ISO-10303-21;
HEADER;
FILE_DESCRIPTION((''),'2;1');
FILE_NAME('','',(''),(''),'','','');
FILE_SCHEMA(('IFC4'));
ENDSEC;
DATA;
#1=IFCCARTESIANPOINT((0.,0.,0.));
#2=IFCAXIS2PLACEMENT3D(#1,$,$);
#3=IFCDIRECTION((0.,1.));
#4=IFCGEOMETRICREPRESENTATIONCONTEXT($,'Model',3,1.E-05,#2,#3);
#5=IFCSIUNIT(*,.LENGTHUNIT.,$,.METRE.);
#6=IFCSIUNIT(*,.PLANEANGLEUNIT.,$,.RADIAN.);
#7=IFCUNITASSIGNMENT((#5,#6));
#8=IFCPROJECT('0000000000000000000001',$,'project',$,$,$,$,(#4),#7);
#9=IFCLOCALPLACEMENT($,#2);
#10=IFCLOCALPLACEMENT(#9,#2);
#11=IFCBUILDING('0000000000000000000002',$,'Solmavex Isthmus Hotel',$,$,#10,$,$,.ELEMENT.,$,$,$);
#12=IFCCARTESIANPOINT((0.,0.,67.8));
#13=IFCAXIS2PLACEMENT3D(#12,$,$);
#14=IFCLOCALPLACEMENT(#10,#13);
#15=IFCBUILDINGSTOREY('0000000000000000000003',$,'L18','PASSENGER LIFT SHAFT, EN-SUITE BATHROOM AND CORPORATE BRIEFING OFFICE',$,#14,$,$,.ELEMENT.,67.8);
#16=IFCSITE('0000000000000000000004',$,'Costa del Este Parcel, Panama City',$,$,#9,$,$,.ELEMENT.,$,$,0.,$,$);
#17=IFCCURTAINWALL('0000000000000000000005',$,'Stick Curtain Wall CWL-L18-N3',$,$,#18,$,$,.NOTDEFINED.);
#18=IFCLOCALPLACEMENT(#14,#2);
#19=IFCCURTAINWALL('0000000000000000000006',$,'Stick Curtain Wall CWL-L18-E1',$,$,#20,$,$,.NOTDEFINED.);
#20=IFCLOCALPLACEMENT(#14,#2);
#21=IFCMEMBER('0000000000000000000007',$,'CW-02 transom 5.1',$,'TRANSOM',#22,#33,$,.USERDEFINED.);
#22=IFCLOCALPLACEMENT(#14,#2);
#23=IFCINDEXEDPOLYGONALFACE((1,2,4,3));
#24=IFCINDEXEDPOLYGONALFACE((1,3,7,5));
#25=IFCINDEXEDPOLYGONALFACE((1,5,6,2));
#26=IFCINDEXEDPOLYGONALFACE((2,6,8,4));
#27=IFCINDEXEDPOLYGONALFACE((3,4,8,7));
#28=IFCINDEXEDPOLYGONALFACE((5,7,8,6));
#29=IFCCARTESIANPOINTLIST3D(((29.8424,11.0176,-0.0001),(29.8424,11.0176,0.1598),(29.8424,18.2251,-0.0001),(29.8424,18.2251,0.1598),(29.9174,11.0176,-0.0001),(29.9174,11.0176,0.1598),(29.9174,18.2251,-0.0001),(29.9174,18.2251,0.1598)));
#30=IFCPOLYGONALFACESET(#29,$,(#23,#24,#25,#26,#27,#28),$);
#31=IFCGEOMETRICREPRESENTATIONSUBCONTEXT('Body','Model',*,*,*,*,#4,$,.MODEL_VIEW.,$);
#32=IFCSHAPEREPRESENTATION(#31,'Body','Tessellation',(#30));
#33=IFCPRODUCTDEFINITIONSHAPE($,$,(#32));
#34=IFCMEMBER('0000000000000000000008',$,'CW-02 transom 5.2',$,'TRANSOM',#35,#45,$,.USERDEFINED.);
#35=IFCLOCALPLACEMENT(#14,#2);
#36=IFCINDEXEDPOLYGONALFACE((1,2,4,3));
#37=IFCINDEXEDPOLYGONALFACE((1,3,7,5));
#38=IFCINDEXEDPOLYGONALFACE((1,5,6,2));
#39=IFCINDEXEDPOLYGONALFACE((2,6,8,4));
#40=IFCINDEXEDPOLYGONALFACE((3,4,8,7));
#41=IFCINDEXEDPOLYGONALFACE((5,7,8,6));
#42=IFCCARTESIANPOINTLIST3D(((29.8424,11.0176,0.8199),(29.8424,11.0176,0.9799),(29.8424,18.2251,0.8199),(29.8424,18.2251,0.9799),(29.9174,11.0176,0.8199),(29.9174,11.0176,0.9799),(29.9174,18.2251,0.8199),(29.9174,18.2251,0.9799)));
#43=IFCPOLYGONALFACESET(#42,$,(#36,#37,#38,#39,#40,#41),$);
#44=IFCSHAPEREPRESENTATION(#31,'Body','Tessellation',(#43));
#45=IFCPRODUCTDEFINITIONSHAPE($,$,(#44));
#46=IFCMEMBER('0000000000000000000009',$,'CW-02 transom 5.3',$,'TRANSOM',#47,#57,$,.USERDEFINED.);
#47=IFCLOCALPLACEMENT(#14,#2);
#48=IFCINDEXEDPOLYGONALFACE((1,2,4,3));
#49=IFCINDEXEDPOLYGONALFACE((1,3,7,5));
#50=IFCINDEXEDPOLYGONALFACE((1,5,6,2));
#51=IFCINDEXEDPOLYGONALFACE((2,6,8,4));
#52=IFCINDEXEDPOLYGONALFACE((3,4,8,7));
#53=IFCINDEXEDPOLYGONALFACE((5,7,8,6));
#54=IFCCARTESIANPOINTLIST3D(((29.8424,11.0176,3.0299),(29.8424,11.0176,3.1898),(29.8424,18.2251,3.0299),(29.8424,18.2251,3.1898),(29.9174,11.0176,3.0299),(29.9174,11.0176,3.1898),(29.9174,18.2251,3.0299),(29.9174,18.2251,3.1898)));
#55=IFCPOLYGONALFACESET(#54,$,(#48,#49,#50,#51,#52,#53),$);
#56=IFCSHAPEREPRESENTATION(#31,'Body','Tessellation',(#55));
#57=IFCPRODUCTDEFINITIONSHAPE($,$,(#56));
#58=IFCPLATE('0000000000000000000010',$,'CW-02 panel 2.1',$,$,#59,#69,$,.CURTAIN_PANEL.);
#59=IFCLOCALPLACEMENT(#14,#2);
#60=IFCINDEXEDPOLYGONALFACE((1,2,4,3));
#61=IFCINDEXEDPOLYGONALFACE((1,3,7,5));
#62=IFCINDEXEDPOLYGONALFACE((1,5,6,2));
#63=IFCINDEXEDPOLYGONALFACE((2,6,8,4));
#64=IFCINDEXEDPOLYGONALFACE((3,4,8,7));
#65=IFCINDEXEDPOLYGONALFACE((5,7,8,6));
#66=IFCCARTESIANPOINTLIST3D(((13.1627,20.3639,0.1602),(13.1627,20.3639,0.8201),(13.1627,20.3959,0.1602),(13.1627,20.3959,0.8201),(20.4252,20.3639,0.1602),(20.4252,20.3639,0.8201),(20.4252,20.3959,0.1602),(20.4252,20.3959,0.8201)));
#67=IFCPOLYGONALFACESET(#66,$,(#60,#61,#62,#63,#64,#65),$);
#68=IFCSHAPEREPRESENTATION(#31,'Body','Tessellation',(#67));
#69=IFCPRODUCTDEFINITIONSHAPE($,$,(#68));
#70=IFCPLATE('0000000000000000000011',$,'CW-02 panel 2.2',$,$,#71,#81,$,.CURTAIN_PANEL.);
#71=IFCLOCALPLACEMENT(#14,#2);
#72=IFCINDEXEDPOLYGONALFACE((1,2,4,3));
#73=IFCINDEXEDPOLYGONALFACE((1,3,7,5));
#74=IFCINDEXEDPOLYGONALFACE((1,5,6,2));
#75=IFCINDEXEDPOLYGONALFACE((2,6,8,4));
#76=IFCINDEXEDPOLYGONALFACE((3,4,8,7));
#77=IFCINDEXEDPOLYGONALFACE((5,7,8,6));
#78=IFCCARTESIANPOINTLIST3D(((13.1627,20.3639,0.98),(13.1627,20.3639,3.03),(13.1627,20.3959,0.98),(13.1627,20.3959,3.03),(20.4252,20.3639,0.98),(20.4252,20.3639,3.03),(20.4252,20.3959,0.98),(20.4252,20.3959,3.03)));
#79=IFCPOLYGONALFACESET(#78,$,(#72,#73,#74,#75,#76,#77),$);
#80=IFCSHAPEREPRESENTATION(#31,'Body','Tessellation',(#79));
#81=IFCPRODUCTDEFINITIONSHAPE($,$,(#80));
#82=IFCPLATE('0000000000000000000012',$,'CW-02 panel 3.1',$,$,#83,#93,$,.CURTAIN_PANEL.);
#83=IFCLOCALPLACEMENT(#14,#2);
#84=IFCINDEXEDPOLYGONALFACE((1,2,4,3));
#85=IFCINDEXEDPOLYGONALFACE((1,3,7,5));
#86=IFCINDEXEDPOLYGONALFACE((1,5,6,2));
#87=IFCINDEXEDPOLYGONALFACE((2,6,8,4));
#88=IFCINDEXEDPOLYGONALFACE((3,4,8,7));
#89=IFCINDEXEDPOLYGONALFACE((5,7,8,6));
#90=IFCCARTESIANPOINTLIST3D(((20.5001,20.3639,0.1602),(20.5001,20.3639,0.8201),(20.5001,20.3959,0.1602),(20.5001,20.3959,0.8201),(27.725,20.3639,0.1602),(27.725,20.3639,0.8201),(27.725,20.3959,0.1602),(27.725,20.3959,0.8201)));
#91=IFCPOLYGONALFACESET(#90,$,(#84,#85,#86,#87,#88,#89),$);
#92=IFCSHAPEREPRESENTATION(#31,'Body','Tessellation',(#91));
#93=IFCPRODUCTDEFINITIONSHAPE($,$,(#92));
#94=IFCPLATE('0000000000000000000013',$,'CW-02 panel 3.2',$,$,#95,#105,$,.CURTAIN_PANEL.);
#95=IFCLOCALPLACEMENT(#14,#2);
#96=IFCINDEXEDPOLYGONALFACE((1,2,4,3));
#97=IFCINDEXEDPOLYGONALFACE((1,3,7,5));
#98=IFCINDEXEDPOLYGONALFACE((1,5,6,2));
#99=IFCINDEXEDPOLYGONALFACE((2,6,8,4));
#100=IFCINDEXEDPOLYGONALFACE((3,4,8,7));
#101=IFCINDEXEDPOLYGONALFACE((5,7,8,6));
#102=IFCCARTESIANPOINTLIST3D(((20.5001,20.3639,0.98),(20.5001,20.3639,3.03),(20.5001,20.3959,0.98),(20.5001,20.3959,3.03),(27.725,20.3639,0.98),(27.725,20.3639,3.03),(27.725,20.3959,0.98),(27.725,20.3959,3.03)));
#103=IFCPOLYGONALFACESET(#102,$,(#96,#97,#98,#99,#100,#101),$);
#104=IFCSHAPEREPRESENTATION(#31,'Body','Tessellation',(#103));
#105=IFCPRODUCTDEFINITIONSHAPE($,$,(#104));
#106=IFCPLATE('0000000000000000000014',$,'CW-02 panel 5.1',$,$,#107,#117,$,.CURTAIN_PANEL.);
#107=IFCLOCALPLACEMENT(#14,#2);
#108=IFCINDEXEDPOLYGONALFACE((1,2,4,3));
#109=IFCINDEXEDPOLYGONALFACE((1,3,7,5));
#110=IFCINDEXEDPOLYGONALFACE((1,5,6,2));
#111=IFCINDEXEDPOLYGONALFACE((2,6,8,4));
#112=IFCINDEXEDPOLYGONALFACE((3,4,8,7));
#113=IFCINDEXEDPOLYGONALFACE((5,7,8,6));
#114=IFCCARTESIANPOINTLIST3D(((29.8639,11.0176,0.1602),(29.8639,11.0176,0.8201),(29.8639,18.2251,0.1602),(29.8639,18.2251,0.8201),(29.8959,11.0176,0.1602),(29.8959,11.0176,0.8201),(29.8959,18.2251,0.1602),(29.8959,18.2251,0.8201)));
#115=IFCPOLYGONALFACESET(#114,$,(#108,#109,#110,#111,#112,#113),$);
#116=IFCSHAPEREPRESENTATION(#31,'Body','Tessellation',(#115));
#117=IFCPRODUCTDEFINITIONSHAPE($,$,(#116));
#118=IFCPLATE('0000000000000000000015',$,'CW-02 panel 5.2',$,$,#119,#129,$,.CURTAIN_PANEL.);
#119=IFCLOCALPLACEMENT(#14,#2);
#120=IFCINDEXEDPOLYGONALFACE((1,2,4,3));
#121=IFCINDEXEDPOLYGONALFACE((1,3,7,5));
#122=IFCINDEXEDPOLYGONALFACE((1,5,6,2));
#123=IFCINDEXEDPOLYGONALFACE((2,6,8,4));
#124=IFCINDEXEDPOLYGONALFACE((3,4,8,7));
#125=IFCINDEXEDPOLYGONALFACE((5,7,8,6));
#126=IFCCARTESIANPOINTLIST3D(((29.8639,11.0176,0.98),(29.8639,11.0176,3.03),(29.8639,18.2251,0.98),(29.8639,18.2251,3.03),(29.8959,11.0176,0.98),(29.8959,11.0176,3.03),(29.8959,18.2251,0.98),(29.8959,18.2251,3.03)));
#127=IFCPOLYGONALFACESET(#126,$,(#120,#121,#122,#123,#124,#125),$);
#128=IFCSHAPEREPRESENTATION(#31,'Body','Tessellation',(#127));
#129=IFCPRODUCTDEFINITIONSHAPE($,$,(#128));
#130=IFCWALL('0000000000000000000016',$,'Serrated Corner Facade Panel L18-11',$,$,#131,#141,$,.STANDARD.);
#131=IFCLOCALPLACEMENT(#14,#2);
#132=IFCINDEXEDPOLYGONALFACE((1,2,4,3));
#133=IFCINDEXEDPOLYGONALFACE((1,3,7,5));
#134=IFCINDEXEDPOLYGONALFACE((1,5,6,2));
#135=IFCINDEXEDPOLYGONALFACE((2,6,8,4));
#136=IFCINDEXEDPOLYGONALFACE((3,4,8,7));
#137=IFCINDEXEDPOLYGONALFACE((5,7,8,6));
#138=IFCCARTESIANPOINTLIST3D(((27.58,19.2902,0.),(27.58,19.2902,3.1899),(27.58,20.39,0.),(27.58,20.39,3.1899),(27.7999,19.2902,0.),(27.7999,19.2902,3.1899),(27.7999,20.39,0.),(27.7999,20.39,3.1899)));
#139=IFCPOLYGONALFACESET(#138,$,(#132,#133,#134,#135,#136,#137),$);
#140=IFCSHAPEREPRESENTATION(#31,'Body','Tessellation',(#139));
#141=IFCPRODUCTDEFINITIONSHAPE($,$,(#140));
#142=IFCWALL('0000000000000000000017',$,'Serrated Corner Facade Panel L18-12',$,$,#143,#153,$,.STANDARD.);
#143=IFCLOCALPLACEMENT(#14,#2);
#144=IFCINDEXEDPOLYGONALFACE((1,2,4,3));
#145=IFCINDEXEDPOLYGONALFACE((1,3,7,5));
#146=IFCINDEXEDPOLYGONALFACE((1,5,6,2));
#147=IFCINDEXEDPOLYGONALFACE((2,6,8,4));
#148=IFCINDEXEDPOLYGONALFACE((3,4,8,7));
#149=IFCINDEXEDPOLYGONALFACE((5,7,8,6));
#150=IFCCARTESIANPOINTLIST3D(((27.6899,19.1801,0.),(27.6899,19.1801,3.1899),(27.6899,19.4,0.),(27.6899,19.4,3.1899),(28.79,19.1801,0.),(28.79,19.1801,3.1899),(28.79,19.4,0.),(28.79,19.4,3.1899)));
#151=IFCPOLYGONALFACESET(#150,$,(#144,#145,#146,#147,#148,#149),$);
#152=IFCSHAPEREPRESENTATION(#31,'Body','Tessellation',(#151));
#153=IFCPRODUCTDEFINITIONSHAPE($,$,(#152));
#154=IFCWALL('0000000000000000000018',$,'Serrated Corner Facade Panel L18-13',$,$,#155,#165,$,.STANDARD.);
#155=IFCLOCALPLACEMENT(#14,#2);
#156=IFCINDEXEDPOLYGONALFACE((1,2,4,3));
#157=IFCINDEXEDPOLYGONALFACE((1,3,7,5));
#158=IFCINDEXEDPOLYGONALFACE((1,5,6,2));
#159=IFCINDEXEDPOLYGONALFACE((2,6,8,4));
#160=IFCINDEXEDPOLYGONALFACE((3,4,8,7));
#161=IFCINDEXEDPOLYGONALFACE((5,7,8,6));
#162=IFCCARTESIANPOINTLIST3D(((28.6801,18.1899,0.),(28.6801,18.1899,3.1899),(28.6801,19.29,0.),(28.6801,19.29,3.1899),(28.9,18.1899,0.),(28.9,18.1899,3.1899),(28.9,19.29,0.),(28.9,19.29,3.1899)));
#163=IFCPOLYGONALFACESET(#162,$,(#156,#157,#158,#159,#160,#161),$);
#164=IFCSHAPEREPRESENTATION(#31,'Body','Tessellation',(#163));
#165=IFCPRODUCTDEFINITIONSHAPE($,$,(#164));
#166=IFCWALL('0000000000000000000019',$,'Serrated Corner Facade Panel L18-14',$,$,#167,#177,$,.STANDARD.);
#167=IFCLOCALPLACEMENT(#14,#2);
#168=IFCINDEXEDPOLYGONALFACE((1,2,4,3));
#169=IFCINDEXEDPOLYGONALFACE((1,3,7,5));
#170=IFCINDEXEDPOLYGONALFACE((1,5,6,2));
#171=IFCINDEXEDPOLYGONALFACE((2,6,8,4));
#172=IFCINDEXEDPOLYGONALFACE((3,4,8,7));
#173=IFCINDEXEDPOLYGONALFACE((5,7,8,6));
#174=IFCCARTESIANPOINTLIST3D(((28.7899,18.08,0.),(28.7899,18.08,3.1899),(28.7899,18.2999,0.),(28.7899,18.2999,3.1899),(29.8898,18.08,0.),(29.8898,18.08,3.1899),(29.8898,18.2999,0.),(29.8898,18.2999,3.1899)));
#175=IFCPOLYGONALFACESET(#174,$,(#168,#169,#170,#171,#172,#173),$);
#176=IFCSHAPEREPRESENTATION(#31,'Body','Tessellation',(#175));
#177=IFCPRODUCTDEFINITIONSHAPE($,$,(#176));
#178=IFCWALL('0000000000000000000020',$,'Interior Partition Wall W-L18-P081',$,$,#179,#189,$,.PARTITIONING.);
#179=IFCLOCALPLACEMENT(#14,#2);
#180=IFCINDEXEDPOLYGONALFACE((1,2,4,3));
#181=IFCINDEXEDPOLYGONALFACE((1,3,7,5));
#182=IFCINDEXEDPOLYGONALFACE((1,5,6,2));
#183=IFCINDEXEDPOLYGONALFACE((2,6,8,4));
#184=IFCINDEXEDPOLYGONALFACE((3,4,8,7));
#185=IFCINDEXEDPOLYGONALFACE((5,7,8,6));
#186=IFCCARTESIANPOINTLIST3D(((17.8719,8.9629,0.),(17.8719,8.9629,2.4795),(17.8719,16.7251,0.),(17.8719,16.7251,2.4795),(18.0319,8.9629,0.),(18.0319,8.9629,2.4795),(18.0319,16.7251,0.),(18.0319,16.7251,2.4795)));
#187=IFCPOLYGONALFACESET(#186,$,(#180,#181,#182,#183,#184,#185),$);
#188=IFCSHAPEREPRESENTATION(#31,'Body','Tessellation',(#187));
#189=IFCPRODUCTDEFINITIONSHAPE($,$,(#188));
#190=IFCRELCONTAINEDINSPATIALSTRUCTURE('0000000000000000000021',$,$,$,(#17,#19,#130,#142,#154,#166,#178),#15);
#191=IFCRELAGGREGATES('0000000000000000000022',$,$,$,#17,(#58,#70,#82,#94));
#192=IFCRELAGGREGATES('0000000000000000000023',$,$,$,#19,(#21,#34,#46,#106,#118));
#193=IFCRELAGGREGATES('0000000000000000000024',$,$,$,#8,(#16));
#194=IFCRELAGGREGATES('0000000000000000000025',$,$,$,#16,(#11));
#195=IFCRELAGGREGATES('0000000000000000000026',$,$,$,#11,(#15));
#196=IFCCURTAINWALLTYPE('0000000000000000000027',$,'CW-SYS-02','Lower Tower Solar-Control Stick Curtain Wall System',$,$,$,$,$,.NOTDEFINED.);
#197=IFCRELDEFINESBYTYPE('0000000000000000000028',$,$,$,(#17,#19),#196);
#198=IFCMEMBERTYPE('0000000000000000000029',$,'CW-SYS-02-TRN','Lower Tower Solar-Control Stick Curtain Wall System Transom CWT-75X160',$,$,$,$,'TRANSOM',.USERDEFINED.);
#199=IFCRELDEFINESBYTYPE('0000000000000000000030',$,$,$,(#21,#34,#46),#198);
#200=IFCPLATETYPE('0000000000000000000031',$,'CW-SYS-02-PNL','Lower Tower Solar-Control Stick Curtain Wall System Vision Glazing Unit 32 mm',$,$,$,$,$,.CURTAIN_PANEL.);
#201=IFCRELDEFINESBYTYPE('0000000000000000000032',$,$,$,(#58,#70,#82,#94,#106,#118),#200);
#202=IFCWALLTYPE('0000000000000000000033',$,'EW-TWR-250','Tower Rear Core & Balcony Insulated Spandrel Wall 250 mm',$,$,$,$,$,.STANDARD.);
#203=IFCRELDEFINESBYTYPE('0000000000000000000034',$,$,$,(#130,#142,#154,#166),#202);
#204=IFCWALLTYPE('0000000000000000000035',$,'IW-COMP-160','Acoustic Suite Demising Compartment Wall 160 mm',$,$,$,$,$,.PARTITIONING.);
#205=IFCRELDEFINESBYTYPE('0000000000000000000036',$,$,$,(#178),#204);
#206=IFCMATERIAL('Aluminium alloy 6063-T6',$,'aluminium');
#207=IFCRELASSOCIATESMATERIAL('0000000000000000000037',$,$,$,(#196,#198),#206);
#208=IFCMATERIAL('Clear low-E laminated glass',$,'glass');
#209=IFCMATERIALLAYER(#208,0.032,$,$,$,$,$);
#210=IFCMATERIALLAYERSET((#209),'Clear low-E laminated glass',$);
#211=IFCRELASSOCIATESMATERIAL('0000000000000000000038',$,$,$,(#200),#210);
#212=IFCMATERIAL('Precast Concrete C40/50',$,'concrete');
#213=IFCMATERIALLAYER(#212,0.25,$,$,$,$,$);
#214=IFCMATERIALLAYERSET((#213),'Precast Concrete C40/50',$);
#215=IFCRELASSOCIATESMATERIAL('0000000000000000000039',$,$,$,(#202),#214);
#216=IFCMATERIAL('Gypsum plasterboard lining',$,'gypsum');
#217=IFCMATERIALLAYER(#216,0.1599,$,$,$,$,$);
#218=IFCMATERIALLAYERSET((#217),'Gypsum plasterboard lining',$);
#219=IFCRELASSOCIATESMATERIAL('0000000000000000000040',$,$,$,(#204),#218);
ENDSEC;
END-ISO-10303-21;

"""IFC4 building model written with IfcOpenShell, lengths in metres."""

from ifc_helpers import new_model, si_unit, direction, frame, frame_2d, origin, origin_2d, place, context, subcontext, project, spatial, rectangle, extrude, material, layer, layer_set, material_profile, profile_set, type_object, element, aggregate, save


model = new_model("IFC4")

# Units and contexts
model_context = context("Model", 3, precision=1e-05, world=origin(), true_north=direction((0.0, 1.0)))
body_context = subcontext(model_context, "Body", "Model", "MODEL_VIEW")
ifc_project = project(units=[si_unit("LENGTHUNIT", "METRE"), si_unit("PLANEANGLEUNIT", "RADIAN")], contexts=[model_context])

# Site, building, storey
site_placement = place(None, origin())
site = spatial("IfcSite", under=ifc_project, at=site_placement, Name="Costa del Este Parcel, Panama City", CompositionType="ELEMENT", RefElevation=0.0)
building_placement = place(site_placement, origin())
building = spatial("IfcBuilding", under=site, at=building_placement, Name="Solmavex Isthmus Hotel", CompositionType="ELEMENT")
storey_placement = place(building_placement, frame((0.0, 0.0, 67.8)))
storey = spatial("IfcBuildingStorey", under=building, at=storey_placement, Name="L18", Description="PASSENGER LIFT SHAFT, EN-SUITE BATHROOM AND CORPORATE BRIEFING OFFICE", CompositionType="ELEMENT", Elevation=67.8)

# Curtain walls
ifc_material_1 = material(Name="Aluminium alloy 6063-T6", Category="aluminium")
curtain_wall_type = type_object("IfcCurtainWallType", Name="CW-SYS-02", Description="Lower Tower Solar-Control Stick Curtain Wall System", PredefinedType="NOTDEFINED", material=ifc_material_1)
curtain_wall_1_placement = place(storey_placement, origin())
curtain_wall_1 = element("IfcCurtainWall", 1, at=curtain_wall_1_placement, inside=storey, type_object=curtain_wall_type, Name="Stick Curtain Wall CWL-L18-N3", PredefinedType="NOTDEFINED")
curtain_wall_2_placement = place(storey_placement, origin())
curtain_wall_2 = element("IfcCurtainWall", 2, at=curtain_wall_2_placement, inside=storey, type_object=curtain_wall_type, Name="Stick Curtain Wall CWL-L18-E1", PredefinedType="NOTDEFINED")

# Members
ifc_material_profile_1 = material_profile(ifc_material_1, rectangle(XDim=0.075, YDim=0.1599, at=origin_2d()), Name="CWT-75X160")
ifc_profile_set_1 = profile_set([ifc_material_profile_1], Name="Aluminium alloy 6063-T6")
member_type_1 = type_object("IfcMemberType", Name="CW-SYS-02-TRN", Description="Lower Tower Solar-Control Stick Curtain Wall System Transom CWT-75X160", ElementType="TRANSOM", PredefinedType="USERDEFINED", material=ifc_profile_set_1)
member_1_placement = place(storey_placement, frame((29.8799, 11.0176, 0.0798), z_axis=(0.0, 1.0, 0.0), x_axis=(-1.0, 0.0, 0.0)))
member_1 = element("IfcMember", 3, at=member_1_placement, type_object=member_type_1, Name="CW-02 transom 5.1", ObjectType="TRANSOM", PredefinedType="USERDEFINED", context=body_context, shape_type="SweptSolid", body=[
    extrude(rectangle(XDim=0.075, YDim=0.1599, at=origin_2d()), origin(), (0.0, 0.0, 1.0), 7.2075),
])
member_2_placement = place(storey_placement, frame((29.8799, 11.0176, 0.8999), z_axis=(0.0, 1.0, 0.0), x_axis=(-1.0, 0.0, 0.0)))
member_2 = element("IfcMember", 4, at=member_2_placement, type_object=member_type_1, Name="CW-02 transom 5.2", ObjectType="TRANSOM", PredefinedType="USERDEFINED", context=body_context, shape_type="SweptSolid", body=[
    extrude(rectangle(XDim=0.075, YDim=0.1599, at=origin_2d()), origin(), (0.0, 0.0, 1.0), 7.2075),
])
member_3_placement = place(storey_placement, frame((29.8799, 11.0176, 3.1099), z_axis=(0.0, 1.0, 0.0), x_axis=(-1.0, 0.0, 0.0)))
member_3 = element("IfcMember", 5, at=member_3_placement, type_object=member_type_1, Name="CW-02 transom 5.3", ObjectType="TRANSOM", PredefinedType="USERDEFINED", context=body_context, shape_type="SweptSolid", body=[
    extrude(rectangle(XDim=0.075, YDim=0.1599, at=origin_2d()), origin(), (0.0, 0.0, 1.0), 7.2075),
])

# Plates
ifc_material_2 = material(Name="Clear low-E laminated glass", Category="glass")
ifc_layer_1 = layer(ifc_material_2, 0.032)
ifc_layer_set_1 = layer_set([ifc_layer_1], Name="Clear low-E laminated glass")
plate_type = type_object("IfcPlateType", Name="CW-SYS-02-PNL", Description="Lower Tower Solar-Control Stick Curtain Wall System Vision Glazing Unit 32 mm", PredefinedType="CURTAIN_PANEL", material=ifc_layer_set_1)
plate_1_placement = place(storey_placement, frame((16.7939, 20.3799, 0.1602), z_axis=(0.0, 0.0, 1.0), x_axis=(1.0, 0.0, 0.0)))
plate_1 = element("IfcPlate", 6, at=plate_1_placement, type_object=plate_type, Name="CW-02 panel 2.1", PredefinedType="CURTAIN_PANEL", context=body_context, shape_type="SweptSolid", body=[
    extrude(rectangle(XDim=7.2625, YDim=0.032, at=origin_2d()), origin(), (0.0, 0.0, 1.0), 0.6599),
])
plate_2_placement = place(storey_placement, frame((16.7939, 20.3799, 0.98), z_axis=(0.0, 0.0, 1.0), x_axis=(1.0, 0.0, 0.0)))
plate_2 = element("IfcPlate", 7, at=plate_2_placement, type_object=plate_type, Name="CW-02 panel 2.2", PredefinedType="CURTAIN_PANEL", context=body_context, shape_type="SweptSolid", body=[
    extrude(rectangle(XDim=7.2625, YDim=0.032, at=origin_2d()), origin(), (0.0, 0.0, 1.0), 2.05),
])
plate_3_placement = place(storey_placement, frame((24.1125, 20.3799, 0.1602), z_axis=(0.0, 0.0, 1.0), x_axis=(1.0, 0.0, 0.0)))
plate_3 = element("IfcPlate", 8, at=plate_3_placement, type_object=plate_type, Name="CW-02 panel 3.1", PredefinedType="CURTAIN_PANEL", context=body_context, shape_type="SweptSolid", body=[
    extrude(rectangle(XDim=7.2249, YDim=0.032, at=origin_2d()), origin(), (0.0, 0.0, 1.0), 0.6599),
])
plate_4_placement = place(storey_placement, frame((24.1125, 20.3799, 0.98), z_axis=(0.0, 0.0, 1.0), x_axis=(1.0, 0.0, 0.0)))
plate_4 = element("IfcPlate", 9, at=plate_4_placement, type_object=plate_type, Name="CW-02 panel 3.2", PredefinedType="CURTAIN_PANEL", context=body_context, shape_type="SweptSolid", body=[
    extrude(rectangle(XDim=7.2249, YDim=0.032, at=origin_2d()), origin(), (0.0, 0.0, 1.0), 2.05),
])
aggregate(curtain_wall_1, [plate_1, plate_2, plate_3, plate_4])
plate_5_placement = place(storey_placement, frame((29.8799, 14.6213, 0.1602), z_axis=(0.0, 0.0, 1.0), x_axis=(0.0, 1.0, 0.0)))
plate_5 = element("IfcPlate", 10, at=plate_5_placement, type_object=plate_type, Name="CW-02 panel 5.1", PredefinedType="CURTAIN_PANEL", context=body_context, shape_type="SweptSolid", body=[
    extrude(rectangle(XDim=7.2075, YDim=0.032, at=origin_2d()), origin(), (0.0, 0.0, 1.0), 0.6599),
])
plate_6_placement = place(storey_placement, frame((29.8799, 14.6213, 0.98), z_axis=(0.0, 0.0, 1.0), x_axis=(0.0, 1.0, 0.0)))
plate_6 = element("IfcPlate", 11, at=plate_6_placement, type_object=plate_type, Name="CW-02 panel 5.2", PredefinedType="CURTAIN_PANEL", context=body_context, shape_type="SweptSolid", body=[
    extrude(rectangle(XDim=7.2075, YDim=0.032, at=origin_2d()), origin(), (0.0, 0.0, 1.0), 2.05),
])
aggregate(curtain_wall_2, [member_1, member_2, member_3, plate_5, plate_6])

# Walls
ifc_material_3 = material(Name="Precast Concrete C40/50", Category="concrete")
ifc_layer_2 = layer(ifc_material_3, 0.25)
ifc_layer_set_2 = layer_set([ifc_layer_2], Name="Precast Concrete C40/50")
wall_type_1 = type_object("IfcWallType", Name="EW-TWR-250", Description="Tower Rear Core & Balcony Insulated Spandrel Wall 250 mm", PredefinedType="STANDARD", material=ifc_layer_set_2)
wall_1_placement = place(storey_placement, frame((27.6899, 20.3899, 0.0), z_axis=(0.0, 0.0, 1.0), x_axis=(0.0, -1.0, 0.0)))
element("IfcWall", 12, at=wall_1_placement, inside=storey, type_object=wall_type_1, Name="Serrated Corner Facade Panel L18-11", PredefinedType="STANDARD", context=body_context, shape_type="SweptSolid", body=[
    extrude(rectangle(XDim=1.0999, YDim=0.22, at=frame_2d((0.5498, 0.0))), origin(), (0.0, 0.0, 1.0), 3.1899),
])
for number, where, z_axis, x_axis, name in (
    (13, (27.6899, 19.29, 0.0), (0.0, 0.0, 1.0), (1.0, 0.0, 0.0), "Serrated Corner Facade Panel L18-12"),
    (14, (28.79, 19.29, 0.0), (0.0, 0.0, 1.0), (0.0, -1.0, 0.0), "Serrated Corner Facade Panel L18-13"),
):
    element("IfcWall", number, at=place(storey_placement, frame(where, z_axis=z_axis, x_axis=x_axis)), inside=storey, type_object=wall_type_1, Name=name, PredefinedType="STANDARD", context=body_context, shape_type="SweptSolid", body=[
        extrude(rectangle(XDim=1.1001, YDim=0.22, at=frame_2d((0.55, 0.0))), origin(), (0.0, 0.0, 1.0), 3.1899),
    ])
wall_2_placement = place(storey_placement, frame((28.79, 18.1899, 0.0), z_axis=(0.0, 0.0, 1.0), x_axis=(1.0, 0.0, 0.0)))
element("IfcWall", 15, at=wall_2_placement, inside=storey, type_object=wall_type_1, Name="Serrated Corner Facade Panel L18-14", PredefinedType="STANDARD", context=body_context, shape_type="SweptSolid", body=[
    extrude(rectangle(XDim=1.0999, YDim=0.22, at=frame_2d((0.5498, 0.0))), origin(), (0.0, 0.0, 1.0), 3.1899),
])
ifc_material_4 = material(Name="Gypsum plasterboard lining", Category="gypsum")
ifc_layer_3 = layer(ifc_material_4, 0.1599)
ifc_layer_set_3 = layer_set([ifc_layer_3], Name="Gypsum plasterboard lining")
wall_type_2 = type_object("IfcWallType", Name="IW-COMP-160", Description="Acoustic Suite Demising Compartment Wall 160 mm", PredefinedType="PARTITIONING", material=ifc_layer_set_3)
wall_3_placement = place(storey_placement, frame((17.9519, 16.7251, 0.0), z_axis=(0.0, 0.0, 1.0), x_axis=(0.0, -1.0, 0.0)))
element("IfcWall", 16, at=wall_3_placement, inside=storey, type_object=wall_type_2, Name="Interior Partition Wall W-L18-P081", PredefinedType="PARTITIONING", context=body_context, shape_type="SweptSolid", body=[
    extrude(rectangle(XDim=7.7622, YDim=0.1599, at=frame_2d((3.8811, 0.0))), origin(), (0.0, 0.0, 1.0), 2.4795),
])

save(model, "model.ifc")
